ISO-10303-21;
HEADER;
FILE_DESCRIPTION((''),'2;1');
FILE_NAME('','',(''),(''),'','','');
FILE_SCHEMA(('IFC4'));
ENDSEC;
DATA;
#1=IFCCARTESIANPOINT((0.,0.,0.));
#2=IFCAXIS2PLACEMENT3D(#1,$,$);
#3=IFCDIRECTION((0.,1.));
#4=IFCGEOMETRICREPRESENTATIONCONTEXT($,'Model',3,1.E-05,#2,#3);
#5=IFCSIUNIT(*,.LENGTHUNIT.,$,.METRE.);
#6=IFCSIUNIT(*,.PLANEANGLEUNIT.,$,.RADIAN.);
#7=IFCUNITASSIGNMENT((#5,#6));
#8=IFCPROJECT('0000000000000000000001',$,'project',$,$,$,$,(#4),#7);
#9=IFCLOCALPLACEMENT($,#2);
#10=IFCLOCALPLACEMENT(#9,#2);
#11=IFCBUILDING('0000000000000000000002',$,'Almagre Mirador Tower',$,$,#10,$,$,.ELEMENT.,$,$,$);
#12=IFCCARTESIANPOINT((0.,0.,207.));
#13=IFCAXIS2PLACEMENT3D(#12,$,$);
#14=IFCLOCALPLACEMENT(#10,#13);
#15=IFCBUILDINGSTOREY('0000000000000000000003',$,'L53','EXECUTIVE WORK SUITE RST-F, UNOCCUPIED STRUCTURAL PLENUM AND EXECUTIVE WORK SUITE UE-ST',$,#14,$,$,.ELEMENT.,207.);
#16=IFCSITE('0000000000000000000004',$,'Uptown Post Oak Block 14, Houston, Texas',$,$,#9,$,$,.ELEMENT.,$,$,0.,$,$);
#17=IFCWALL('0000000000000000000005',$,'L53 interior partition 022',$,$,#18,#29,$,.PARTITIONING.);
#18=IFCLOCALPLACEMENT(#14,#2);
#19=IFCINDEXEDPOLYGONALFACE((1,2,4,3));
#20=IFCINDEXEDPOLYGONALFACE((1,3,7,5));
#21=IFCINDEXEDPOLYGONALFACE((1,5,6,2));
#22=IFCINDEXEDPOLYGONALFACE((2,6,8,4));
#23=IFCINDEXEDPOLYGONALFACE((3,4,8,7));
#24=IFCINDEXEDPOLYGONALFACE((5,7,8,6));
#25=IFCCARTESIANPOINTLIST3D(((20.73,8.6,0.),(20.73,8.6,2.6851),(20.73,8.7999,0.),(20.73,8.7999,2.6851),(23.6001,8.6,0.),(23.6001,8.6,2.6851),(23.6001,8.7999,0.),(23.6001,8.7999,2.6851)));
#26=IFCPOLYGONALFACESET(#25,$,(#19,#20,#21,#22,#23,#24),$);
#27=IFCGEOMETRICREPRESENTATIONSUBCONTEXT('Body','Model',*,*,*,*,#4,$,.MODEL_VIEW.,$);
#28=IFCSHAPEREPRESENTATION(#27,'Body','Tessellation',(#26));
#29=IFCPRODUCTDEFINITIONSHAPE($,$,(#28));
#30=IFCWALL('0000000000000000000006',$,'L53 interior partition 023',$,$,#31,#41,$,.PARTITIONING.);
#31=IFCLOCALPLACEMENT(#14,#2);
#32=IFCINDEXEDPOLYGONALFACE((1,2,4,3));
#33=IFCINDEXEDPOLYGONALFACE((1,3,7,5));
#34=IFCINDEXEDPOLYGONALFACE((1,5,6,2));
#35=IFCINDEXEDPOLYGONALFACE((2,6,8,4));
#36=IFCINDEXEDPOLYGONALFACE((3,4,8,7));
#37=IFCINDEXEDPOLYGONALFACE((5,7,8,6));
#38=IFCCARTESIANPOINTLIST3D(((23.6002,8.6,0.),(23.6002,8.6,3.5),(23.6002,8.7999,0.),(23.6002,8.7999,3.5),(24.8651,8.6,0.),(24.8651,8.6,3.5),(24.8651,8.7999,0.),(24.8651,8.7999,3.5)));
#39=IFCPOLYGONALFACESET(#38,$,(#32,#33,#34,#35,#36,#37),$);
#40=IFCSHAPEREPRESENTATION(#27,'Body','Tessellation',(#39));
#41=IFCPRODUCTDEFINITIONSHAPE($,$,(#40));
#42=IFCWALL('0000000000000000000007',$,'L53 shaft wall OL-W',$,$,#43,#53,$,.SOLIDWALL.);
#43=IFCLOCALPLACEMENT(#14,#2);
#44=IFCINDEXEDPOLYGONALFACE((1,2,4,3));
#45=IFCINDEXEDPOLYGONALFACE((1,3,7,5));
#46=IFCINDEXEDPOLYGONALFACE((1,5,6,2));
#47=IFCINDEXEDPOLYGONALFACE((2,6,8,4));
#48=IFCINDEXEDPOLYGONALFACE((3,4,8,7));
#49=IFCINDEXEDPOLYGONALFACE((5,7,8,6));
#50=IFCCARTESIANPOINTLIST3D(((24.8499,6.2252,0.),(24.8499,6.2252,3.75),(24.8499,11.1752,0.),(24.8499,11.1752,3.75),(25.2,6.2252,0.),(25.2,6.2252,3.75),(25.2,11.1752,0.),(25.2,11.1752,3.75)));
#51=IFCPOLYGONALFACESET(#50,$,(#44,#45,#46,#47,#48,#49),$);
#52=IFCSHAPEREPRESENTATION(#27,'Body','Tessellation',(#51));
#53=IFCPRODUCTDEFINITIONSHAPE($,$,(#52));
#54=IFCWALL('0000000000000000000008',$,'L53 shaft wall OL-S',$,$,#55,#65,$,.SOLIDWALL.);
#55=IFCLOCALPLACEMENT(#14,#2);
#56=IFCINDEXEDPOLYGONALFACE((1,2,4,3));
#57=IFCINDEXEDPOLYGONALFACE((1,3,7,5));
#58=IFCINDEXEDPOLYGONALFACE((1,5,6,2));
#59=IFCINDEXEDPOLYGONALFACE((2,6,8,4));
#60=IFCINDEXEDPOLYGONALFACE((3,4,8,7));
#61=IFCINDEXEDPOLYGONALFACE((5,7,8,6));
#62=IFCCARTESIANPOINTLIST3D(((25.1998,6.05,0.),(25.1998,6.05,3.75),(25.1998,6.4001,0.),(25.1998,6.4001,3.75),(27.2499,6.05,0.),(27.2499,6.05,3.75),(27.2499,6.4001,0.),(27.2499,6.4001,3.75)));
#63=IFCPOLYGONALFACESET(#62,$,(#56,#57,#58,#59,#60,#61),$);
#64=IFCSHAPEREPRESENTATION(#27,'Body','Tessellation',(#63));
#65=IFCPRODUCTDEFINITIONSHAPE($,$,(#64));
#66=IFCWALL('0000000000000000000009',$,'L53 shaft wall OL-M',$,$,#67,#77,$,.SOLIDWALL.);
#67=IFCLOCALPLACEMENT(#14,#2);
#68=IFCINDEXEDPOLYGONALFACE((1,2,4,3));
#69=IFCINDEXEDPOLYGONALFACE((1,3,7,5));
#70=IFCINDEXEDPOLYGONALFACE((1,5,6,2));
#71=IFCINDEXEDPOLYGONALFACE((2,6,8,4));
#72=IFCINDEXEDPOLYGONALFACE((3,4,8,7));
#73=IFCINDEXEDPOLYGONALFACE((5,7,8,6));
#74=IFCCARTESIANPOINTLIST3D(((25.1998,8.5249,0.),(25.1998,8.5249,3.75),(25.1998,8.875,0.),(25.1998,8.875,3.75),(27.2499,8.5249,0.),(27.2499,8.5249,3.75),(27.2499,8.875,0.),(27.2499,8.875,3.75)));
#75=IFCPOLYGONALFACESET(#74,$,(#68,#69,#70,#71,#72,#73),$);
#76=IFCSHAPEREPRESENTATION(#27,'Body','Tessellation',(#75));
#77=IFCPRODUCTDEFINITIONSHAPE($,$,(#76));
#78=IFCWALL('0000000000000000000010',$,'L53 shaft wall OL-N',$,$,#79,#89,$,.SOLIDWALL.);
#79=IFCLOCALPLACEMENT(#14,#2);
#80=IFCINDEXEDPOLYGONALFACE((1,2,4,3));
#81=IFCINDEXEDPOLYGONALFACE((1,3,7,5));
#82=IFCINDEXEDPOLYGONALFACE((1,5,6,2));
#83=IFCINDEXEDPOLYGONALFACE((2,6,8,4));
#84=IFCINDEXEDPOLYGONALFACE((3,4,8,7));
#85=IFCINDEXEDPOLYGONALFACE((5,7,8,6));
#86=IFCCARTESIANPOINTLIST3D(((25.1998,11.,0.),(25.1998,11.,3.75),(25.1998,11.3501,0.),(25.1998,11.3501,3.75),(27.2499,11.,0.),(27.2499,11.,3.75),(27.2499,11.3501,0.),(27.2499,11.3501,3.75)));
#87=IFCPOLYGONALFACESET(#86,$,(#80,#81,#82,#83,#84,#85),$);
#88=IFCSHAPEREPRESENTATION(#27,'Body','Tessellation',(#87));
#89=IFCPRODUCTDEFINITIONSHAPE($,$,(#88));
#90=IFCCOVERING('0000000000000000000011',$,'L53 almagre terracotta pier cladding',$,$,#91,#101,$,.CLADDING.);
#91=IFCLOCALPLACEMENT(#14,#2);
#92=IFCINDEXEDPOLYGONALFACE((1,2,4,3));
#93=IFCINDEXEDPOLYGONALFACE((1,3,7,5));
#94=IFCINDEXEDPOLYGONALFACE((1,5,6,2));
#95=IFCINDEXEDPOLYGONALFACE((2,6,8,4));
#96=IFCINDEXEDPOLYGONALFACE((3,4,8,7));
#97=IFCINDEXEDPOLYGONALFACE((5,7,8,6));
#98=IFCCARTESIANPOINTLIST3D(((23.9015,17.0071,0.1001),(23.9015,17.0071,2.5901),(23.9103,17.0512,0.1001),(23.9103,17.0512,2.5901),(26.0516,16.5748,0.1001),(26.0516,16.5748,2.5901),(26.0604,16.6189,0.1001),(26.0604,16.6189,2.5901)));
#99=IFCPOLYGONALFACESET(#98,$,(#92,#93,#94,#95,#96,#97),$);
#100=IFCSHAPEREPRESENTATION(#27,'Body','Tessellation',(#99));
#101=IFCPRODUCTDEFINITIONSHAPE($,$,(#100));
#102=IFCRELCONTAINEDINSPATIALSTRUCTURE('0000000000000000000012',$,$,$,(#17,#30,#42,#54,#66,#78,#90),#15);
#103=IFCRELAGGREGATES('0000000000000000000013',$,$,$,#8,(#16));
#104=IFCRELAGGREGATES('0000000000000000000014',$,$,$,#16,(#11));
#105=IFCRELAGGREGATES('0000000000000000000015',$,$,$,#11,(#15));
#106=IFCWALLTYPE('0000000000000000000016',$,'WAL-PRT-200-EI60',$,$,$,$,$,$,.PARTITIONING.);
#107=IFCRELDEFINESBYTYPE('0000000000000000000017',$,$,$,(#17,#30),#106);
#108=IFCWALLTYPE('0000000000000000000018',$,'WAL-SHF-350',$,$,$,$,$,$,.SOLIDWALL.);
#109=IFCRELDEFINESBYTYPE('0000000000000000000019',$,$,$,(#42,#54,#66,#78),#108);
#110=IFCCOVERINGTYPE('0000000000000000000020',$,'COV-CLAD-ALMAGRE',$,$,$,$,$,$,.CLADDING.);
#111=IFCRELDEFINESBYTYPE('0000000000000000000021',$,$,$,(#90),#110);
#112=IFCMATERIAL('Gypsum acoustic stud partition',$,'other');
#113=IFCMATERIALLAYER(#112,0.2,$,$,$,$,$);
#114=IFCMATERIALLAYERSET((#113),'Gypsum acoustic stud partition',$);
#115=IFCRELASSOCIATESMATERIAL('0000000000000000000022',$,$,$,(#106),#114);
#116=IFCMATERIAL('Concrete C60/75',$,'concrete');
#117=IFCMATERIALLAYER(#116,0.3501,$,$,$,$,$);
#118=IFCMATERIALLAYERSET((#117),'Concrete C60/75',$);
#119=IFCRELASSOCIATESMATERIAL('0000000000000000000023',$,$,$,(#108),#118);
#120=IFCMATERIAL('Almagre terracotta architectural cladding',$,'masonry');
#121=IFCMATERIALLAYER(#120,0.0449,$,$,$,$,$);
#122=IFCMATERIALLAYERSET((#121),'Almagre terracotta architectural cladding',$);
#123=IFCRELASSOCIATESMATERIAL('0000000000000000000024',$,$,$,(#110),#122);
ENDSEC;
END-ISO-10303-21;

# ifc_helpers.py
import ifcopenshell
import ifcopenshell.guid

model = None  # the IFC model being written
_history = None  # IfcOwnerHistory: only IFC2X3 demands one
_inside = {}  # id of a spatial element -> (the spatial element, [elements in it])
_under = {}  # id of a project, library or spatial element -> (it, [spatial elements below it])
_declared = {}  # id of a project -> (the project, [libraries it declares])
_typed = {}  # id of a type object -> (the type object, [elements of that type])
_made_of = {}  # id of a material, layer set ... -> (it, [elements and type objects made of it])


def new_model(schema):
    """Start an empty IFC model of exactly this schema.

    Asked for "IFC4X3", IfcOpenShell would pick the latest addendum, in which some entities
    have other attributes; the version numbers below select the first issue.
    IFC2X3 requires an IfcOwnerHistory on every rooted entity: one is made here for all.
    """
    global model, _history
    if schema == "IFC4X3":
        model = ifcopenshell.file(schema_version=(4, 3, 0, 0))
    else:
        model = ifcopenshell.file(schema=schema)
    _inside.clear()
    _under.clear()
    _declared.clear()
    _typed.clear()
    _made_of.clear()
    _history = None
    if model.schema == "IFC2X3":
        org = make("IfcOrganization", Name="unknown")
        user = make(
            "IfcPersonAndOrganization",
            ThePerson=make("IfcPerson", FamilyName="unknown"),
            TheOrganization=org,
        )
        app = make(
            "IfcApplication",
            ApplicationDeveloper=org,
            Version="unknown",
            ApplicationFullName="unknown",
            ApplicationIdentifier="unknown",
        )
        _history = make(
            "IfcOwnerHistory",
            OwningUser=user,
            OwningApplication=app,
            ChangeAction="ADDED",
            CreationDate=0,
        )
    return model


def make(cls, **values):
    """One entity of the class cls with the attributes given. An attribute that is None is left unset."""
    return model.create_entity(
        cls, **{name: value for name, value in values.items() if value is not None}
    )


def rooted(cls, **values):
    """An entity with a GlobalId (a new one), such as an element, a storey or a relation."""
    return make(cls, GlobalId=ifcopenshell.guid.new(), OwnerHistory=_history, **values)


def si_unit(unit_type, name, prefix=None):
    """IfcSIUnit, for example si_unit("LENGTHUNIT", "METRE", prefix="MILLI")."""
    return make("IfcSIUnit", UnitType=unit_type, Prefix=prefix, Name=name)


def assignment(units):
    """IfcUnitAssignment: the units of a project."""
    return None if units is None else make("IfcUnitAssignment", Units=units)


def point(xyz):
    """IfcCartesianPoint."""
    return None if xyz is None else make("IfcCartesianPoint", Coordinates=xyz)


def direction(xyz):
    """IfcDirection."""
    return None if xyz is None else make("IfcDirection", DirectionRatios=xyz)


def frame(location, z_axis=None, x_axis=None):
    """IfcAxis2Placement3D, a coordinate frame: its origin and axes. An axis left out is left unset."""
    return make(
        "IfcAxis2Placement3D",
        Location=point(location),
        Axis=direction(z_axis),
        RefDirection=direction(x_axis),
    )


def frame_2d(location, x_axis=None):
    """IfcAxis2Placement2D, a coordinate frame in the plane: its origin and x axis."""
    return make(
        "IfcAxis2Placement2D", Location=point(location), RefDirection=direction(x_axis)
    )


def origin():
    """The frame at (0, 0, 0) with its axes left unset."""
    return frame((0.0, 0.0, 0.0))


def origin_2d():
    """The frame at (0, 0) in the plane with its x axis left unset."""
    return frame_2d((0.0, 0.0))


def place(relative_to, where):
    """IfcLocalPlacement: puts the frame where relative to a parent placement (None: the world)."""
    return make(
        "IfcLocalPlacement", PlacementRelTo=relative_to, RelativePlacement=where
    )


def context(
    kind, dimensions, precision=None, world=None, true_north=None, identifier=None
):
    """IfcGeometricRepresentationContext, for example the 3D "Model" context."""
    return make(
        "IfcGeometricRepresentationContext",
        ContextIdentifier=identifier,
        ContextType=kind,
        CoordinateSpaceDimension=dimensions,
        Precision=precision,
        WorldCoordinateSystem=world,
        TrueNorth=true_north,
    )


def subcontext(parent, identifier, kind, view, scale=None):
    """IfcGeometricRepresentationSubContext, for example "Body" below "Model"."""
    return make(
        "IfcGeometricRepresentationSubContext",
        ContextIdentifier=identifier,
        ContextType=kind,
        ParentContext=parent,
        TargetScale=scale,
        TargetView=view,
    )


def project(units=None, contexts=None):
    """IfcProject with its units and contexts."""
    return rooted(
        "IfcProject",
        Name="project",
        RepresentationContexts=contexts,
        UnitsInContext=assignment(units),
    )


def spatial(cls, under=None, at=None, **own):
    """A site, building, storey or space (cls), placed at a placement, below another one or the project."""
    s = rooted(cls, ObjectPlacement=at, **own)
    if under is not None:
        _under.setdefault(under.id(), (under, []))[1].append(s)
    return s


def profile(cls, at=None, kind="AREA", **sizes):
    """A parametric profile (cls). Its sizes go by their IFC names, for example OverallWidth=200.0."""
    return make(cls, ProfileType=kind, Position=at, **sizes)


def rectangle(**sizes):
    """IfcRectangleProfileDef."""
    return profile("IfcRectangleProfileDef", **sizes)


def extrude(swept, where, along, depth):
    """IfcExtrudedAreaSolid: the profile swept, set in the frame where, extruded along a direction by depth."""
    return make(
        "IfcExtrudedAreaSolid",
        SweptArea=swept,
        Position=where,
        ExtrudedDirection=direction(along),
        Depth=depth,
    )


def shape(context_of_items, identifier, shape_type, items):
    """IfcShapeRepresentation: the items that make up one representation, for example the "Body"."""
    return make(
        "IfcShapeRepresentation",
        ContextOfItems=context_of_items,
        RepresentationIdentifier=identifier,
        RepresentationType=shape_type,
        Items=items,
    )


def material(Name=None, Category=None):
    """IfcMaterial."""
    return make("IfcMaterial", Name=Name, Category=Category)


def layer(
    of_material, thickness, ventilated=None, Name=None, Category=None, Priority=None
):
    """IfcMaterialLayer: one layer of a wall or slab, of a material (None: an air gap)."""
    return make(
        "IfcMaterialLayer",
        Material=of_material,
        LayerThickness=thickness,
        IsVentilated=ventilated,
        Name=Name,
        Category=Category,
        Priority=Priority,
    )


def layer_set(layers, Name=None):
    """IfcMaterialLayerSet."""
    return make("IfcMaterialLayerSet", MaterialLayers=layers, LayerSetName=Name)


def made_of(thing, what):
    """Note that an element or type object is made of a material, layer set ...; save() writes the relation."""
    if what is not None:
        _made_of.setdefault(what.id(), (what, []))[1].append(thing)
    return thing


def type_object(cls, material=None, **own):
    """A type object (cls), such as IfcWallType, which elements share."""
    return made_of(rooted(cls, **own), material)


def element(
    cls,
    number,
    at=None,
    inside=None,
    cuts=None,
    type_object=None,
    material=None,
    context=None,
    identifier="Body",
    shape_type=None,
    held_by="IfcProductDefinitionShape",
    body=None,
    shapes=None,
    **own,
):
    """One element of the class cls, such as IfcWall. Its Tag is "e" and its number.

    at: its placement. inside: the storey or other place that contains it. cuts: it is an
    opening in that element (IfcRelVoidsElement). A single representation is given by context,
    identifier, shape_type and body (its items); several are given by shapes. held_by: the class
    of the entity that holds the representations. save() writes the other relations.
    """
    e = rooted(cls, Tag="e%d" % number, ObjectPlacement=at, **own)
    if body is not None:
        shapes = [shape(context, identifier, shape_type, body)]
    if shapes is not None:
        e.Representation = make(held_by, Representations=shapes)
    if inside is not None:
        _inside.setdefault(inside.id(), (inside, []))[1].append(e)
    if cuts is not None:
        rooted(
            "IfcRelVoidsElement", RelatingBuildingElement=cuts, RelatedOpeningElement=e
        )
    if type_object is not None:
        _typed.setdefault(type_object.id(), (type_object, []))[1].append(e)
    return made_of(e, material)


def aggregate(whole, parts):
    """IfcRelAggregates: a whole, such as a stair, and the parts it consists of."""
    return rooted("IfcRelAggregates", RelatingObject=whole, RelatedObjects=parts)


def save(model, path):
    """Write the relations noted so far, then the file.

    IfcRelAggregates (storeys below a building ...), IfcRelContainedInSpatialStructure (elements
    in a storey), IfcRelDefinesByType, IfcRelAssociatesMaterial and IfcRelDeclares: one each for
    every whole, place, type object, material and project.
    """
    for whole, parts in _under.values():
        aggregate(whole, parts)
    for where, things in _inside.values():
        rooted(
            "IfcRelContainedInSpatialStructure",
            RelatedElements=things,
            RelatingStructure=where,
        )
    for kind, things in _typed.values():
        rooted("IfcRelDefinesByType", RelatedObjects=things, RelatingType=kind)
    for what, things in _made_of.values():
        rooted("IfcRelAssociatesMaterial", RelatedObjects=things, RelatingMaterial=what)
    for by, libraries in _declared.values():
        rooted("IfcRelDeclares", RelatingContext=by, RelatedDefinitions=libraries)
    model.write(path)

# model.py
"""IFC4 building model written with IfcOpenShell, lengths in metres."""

from ifc_helpers import new_model, si_unit, direction, frame, frame_2d, origin, origin_2d, place, context, subcontext, project, spatial, rectangle, extrude, material, layer, layer_set, type_object, element, save


model = new_model("IFC4")

# Units and contexts
model_context = context("Model", 3, precision=1e-05, world=origin(), true_north=direction((0.0, 1.0)))
body_context = subcontext(model_context, "Body", "Model", "MODEL_VIEW")
ifc_project = project(units=[si_unit("LENGTHUNIT", "METRE"), si_unit("PLANEANGLEUNIT", "RADIAN")], contexts=[model_context])

# Site, building, storey
site_placement = place(None, origin())
site = spatial("IfcSite", under=ifc_project, at=site_placement, Name="Uptown Post Oak Block 14, Houston, Texas", CompositionType="ELEMENT", RefElevation=0.0)
building_placement = place(site_placement, origin())
building = spatial("IfcBuilding", under=site, at=building_placement, Name="Almagre Mirador Tower", CompositionType="ELEMENT")
storey_placement = place(building_placement, frame((0.0, 0.0, 207.0)))
storey = spatial("IfcBuildingStorey", under=building, at=storey_placement, Name="L53", Description="EXECUTIVE WORK SUITE RST-F, UNOCCUPIED STRUCTURAL PLENUM AND EXECUTIVE WORK SUITE UE-ST", CompositionType="ELEMENT", Elevation=207.0)

# Walls
ifc_material_1 = material(Name="Gypsum acoustic stud partition", Category="other")
ifc_layer_1 = layer(ifc_material_1, 0.2)
ifc_layer_set_1 = layer_set([ifc_layer_1], Name="Gypsum acoustic stud partition")
wall_type_1 = type_object("IfcWallType", Name="WAL-PRT-200-EI60", PredefinedType="PARTITIONING", material=ifc_layer_set_1)
wall_1_placement = place(storey_placement, frame((23.6001, 8.7, 0.0), z_axis=(0.0, 0.0, 1.0), x_axis=(-1.0, 0.0, 0.0)))
element("IfcWall", 1, at=wall_1_placement, inside=storey, type_object=wall_type_1, Name="L53 interior partition 022", PredefinedType="PARTITIONING", context=body_context, shape_type="SweptSolid", body=[
    extrude(rectangle(XDim=2.8701, YDim=0.2, at=frame_2d((1.4351, 0.0))), origin(), (0.0, 0.0, 1.0), 2.6851),
])
wall_2_placement = place(storey_placement, frame((24.865, 8.7, 0.0), z_axis=(0.0, 0.0, 1.0), x_axis=(-1.0, 0.0, 0.0)))
element("IfcWall", 2, at=wall_2_placement, inside=storey, type_object=wall_type_1, Name="L53 interior partition 023", PredefinedType="PARTITIONING", context=body_context, shape_type="SweptSolid", body=[
    extrude(rectangle(XDim=1.2649, YDim=0.2, at=frame_2d((0.6323, 0.0))), origin(), (0.0, 0.0, 1.0), 3.5),
])
ifc_material_2 = material(Name="Concrete C60/75", Category="concrete")
ifc_layer_2 = layer(ifc_material_2, 0.3501)
ifc_layer_set_2 = layer_set([ifc_layer_2], Name="Concrete C60/75")
wall_type_2 = type_object("IfcWallType", Name="WAL-SHF-350", PredefinedType="SOLIDWALL", material=ifc_layer_set_2)
wall_3_placement = place(storey_placement, frame((25.0249, 6.2251, 0.0), z_axis=(0.0, 0.0, 1.0), x_axis=(0.0, 1.0, 0.0)))
element("IfcWall", 3, at=wall_3_placement, inside=storey, type_object=wall_type_2, Name="L53 shaft wall OL-W", PredefinedType="SOLIDWALL", context=body_context, shape_type="SweptSolid", body=[
    extrude(rectangle(XDim=4.95, YDim=0.3501, at=frame_2d((2.4751, 0.0))), origin(), (0.0, 0.0, 1.0), 3.75),
])
for number, where, z_axis, x_axis, name in (
    (4, (25.2, 6.2251, 0.0), (0.0, 0.0, 1.0), (1.0, 0.0, 0.0), "L53 shaft wall OL-S"),
    (5, (25.2, 8.7, 0.0), (0.0, 0.0, 1.0), (1.0, 0.0, 0.0), "L53 shaft wall OL-M"),
    (6, (25.2, 11.175, 0.0), (0.0, 0.0, 1.0), (1.0, 0.0, 0.0), "L53 shaft wall OL-N"),
):
    element("IfcWall", number, at=place(storey_placement, frame(where, z_axis=z_axis, x_axis=x_axis)), inside=storey, type_object=wall_type_2, Name=name, PredefinedType="SOLIDWALL", context=body_context, shape_type="SweptSolid", body=[
        extrude(rectangle(XDim=2.05, YDim=0.3501, at=frame_2d((1.0249, 0.0))), origin(), (0.0, 0.0, 1.0), 3.75),
    ])

# Covering
ifc_material_3 = material(Name="Almagre terracotta architectural cladding", Category="masonry")
ifc_layer_3 = layer(ifc_material_3, 0.0449)
ifc_layer_set_3 = layer_set([ifc_layer_3], Name="Almagre terracotta architectural cladding")
covering_type = type_object("IfcCoveringType", Name="COV-CLAD-ALMAGRE", PredefinedType="CLADDING", material=ifc_layer_set_3)
covering_placement = place(storey_placement, frame((24.981, 16.813, 0.1001), z_axis=(0.0, 0.0, 1.0), x_axis=(0.980381, -0.19711, 0.0)))
element("IfcCovering", 7, at=covering_placement, inside=storey, type_object=covering_type, Name="L53 almagre terracotta pier cladding", PredefinedType="CLADDING", context=body_context, shape_type="SweptSolid", body=[
    extrude(rectangle(XDim=2.1931, YDim=0.0449, at=origin_2d()), origin(), (0.0, 0.0, 1.0), 2.49),
])

save(model, "model.ifc")
